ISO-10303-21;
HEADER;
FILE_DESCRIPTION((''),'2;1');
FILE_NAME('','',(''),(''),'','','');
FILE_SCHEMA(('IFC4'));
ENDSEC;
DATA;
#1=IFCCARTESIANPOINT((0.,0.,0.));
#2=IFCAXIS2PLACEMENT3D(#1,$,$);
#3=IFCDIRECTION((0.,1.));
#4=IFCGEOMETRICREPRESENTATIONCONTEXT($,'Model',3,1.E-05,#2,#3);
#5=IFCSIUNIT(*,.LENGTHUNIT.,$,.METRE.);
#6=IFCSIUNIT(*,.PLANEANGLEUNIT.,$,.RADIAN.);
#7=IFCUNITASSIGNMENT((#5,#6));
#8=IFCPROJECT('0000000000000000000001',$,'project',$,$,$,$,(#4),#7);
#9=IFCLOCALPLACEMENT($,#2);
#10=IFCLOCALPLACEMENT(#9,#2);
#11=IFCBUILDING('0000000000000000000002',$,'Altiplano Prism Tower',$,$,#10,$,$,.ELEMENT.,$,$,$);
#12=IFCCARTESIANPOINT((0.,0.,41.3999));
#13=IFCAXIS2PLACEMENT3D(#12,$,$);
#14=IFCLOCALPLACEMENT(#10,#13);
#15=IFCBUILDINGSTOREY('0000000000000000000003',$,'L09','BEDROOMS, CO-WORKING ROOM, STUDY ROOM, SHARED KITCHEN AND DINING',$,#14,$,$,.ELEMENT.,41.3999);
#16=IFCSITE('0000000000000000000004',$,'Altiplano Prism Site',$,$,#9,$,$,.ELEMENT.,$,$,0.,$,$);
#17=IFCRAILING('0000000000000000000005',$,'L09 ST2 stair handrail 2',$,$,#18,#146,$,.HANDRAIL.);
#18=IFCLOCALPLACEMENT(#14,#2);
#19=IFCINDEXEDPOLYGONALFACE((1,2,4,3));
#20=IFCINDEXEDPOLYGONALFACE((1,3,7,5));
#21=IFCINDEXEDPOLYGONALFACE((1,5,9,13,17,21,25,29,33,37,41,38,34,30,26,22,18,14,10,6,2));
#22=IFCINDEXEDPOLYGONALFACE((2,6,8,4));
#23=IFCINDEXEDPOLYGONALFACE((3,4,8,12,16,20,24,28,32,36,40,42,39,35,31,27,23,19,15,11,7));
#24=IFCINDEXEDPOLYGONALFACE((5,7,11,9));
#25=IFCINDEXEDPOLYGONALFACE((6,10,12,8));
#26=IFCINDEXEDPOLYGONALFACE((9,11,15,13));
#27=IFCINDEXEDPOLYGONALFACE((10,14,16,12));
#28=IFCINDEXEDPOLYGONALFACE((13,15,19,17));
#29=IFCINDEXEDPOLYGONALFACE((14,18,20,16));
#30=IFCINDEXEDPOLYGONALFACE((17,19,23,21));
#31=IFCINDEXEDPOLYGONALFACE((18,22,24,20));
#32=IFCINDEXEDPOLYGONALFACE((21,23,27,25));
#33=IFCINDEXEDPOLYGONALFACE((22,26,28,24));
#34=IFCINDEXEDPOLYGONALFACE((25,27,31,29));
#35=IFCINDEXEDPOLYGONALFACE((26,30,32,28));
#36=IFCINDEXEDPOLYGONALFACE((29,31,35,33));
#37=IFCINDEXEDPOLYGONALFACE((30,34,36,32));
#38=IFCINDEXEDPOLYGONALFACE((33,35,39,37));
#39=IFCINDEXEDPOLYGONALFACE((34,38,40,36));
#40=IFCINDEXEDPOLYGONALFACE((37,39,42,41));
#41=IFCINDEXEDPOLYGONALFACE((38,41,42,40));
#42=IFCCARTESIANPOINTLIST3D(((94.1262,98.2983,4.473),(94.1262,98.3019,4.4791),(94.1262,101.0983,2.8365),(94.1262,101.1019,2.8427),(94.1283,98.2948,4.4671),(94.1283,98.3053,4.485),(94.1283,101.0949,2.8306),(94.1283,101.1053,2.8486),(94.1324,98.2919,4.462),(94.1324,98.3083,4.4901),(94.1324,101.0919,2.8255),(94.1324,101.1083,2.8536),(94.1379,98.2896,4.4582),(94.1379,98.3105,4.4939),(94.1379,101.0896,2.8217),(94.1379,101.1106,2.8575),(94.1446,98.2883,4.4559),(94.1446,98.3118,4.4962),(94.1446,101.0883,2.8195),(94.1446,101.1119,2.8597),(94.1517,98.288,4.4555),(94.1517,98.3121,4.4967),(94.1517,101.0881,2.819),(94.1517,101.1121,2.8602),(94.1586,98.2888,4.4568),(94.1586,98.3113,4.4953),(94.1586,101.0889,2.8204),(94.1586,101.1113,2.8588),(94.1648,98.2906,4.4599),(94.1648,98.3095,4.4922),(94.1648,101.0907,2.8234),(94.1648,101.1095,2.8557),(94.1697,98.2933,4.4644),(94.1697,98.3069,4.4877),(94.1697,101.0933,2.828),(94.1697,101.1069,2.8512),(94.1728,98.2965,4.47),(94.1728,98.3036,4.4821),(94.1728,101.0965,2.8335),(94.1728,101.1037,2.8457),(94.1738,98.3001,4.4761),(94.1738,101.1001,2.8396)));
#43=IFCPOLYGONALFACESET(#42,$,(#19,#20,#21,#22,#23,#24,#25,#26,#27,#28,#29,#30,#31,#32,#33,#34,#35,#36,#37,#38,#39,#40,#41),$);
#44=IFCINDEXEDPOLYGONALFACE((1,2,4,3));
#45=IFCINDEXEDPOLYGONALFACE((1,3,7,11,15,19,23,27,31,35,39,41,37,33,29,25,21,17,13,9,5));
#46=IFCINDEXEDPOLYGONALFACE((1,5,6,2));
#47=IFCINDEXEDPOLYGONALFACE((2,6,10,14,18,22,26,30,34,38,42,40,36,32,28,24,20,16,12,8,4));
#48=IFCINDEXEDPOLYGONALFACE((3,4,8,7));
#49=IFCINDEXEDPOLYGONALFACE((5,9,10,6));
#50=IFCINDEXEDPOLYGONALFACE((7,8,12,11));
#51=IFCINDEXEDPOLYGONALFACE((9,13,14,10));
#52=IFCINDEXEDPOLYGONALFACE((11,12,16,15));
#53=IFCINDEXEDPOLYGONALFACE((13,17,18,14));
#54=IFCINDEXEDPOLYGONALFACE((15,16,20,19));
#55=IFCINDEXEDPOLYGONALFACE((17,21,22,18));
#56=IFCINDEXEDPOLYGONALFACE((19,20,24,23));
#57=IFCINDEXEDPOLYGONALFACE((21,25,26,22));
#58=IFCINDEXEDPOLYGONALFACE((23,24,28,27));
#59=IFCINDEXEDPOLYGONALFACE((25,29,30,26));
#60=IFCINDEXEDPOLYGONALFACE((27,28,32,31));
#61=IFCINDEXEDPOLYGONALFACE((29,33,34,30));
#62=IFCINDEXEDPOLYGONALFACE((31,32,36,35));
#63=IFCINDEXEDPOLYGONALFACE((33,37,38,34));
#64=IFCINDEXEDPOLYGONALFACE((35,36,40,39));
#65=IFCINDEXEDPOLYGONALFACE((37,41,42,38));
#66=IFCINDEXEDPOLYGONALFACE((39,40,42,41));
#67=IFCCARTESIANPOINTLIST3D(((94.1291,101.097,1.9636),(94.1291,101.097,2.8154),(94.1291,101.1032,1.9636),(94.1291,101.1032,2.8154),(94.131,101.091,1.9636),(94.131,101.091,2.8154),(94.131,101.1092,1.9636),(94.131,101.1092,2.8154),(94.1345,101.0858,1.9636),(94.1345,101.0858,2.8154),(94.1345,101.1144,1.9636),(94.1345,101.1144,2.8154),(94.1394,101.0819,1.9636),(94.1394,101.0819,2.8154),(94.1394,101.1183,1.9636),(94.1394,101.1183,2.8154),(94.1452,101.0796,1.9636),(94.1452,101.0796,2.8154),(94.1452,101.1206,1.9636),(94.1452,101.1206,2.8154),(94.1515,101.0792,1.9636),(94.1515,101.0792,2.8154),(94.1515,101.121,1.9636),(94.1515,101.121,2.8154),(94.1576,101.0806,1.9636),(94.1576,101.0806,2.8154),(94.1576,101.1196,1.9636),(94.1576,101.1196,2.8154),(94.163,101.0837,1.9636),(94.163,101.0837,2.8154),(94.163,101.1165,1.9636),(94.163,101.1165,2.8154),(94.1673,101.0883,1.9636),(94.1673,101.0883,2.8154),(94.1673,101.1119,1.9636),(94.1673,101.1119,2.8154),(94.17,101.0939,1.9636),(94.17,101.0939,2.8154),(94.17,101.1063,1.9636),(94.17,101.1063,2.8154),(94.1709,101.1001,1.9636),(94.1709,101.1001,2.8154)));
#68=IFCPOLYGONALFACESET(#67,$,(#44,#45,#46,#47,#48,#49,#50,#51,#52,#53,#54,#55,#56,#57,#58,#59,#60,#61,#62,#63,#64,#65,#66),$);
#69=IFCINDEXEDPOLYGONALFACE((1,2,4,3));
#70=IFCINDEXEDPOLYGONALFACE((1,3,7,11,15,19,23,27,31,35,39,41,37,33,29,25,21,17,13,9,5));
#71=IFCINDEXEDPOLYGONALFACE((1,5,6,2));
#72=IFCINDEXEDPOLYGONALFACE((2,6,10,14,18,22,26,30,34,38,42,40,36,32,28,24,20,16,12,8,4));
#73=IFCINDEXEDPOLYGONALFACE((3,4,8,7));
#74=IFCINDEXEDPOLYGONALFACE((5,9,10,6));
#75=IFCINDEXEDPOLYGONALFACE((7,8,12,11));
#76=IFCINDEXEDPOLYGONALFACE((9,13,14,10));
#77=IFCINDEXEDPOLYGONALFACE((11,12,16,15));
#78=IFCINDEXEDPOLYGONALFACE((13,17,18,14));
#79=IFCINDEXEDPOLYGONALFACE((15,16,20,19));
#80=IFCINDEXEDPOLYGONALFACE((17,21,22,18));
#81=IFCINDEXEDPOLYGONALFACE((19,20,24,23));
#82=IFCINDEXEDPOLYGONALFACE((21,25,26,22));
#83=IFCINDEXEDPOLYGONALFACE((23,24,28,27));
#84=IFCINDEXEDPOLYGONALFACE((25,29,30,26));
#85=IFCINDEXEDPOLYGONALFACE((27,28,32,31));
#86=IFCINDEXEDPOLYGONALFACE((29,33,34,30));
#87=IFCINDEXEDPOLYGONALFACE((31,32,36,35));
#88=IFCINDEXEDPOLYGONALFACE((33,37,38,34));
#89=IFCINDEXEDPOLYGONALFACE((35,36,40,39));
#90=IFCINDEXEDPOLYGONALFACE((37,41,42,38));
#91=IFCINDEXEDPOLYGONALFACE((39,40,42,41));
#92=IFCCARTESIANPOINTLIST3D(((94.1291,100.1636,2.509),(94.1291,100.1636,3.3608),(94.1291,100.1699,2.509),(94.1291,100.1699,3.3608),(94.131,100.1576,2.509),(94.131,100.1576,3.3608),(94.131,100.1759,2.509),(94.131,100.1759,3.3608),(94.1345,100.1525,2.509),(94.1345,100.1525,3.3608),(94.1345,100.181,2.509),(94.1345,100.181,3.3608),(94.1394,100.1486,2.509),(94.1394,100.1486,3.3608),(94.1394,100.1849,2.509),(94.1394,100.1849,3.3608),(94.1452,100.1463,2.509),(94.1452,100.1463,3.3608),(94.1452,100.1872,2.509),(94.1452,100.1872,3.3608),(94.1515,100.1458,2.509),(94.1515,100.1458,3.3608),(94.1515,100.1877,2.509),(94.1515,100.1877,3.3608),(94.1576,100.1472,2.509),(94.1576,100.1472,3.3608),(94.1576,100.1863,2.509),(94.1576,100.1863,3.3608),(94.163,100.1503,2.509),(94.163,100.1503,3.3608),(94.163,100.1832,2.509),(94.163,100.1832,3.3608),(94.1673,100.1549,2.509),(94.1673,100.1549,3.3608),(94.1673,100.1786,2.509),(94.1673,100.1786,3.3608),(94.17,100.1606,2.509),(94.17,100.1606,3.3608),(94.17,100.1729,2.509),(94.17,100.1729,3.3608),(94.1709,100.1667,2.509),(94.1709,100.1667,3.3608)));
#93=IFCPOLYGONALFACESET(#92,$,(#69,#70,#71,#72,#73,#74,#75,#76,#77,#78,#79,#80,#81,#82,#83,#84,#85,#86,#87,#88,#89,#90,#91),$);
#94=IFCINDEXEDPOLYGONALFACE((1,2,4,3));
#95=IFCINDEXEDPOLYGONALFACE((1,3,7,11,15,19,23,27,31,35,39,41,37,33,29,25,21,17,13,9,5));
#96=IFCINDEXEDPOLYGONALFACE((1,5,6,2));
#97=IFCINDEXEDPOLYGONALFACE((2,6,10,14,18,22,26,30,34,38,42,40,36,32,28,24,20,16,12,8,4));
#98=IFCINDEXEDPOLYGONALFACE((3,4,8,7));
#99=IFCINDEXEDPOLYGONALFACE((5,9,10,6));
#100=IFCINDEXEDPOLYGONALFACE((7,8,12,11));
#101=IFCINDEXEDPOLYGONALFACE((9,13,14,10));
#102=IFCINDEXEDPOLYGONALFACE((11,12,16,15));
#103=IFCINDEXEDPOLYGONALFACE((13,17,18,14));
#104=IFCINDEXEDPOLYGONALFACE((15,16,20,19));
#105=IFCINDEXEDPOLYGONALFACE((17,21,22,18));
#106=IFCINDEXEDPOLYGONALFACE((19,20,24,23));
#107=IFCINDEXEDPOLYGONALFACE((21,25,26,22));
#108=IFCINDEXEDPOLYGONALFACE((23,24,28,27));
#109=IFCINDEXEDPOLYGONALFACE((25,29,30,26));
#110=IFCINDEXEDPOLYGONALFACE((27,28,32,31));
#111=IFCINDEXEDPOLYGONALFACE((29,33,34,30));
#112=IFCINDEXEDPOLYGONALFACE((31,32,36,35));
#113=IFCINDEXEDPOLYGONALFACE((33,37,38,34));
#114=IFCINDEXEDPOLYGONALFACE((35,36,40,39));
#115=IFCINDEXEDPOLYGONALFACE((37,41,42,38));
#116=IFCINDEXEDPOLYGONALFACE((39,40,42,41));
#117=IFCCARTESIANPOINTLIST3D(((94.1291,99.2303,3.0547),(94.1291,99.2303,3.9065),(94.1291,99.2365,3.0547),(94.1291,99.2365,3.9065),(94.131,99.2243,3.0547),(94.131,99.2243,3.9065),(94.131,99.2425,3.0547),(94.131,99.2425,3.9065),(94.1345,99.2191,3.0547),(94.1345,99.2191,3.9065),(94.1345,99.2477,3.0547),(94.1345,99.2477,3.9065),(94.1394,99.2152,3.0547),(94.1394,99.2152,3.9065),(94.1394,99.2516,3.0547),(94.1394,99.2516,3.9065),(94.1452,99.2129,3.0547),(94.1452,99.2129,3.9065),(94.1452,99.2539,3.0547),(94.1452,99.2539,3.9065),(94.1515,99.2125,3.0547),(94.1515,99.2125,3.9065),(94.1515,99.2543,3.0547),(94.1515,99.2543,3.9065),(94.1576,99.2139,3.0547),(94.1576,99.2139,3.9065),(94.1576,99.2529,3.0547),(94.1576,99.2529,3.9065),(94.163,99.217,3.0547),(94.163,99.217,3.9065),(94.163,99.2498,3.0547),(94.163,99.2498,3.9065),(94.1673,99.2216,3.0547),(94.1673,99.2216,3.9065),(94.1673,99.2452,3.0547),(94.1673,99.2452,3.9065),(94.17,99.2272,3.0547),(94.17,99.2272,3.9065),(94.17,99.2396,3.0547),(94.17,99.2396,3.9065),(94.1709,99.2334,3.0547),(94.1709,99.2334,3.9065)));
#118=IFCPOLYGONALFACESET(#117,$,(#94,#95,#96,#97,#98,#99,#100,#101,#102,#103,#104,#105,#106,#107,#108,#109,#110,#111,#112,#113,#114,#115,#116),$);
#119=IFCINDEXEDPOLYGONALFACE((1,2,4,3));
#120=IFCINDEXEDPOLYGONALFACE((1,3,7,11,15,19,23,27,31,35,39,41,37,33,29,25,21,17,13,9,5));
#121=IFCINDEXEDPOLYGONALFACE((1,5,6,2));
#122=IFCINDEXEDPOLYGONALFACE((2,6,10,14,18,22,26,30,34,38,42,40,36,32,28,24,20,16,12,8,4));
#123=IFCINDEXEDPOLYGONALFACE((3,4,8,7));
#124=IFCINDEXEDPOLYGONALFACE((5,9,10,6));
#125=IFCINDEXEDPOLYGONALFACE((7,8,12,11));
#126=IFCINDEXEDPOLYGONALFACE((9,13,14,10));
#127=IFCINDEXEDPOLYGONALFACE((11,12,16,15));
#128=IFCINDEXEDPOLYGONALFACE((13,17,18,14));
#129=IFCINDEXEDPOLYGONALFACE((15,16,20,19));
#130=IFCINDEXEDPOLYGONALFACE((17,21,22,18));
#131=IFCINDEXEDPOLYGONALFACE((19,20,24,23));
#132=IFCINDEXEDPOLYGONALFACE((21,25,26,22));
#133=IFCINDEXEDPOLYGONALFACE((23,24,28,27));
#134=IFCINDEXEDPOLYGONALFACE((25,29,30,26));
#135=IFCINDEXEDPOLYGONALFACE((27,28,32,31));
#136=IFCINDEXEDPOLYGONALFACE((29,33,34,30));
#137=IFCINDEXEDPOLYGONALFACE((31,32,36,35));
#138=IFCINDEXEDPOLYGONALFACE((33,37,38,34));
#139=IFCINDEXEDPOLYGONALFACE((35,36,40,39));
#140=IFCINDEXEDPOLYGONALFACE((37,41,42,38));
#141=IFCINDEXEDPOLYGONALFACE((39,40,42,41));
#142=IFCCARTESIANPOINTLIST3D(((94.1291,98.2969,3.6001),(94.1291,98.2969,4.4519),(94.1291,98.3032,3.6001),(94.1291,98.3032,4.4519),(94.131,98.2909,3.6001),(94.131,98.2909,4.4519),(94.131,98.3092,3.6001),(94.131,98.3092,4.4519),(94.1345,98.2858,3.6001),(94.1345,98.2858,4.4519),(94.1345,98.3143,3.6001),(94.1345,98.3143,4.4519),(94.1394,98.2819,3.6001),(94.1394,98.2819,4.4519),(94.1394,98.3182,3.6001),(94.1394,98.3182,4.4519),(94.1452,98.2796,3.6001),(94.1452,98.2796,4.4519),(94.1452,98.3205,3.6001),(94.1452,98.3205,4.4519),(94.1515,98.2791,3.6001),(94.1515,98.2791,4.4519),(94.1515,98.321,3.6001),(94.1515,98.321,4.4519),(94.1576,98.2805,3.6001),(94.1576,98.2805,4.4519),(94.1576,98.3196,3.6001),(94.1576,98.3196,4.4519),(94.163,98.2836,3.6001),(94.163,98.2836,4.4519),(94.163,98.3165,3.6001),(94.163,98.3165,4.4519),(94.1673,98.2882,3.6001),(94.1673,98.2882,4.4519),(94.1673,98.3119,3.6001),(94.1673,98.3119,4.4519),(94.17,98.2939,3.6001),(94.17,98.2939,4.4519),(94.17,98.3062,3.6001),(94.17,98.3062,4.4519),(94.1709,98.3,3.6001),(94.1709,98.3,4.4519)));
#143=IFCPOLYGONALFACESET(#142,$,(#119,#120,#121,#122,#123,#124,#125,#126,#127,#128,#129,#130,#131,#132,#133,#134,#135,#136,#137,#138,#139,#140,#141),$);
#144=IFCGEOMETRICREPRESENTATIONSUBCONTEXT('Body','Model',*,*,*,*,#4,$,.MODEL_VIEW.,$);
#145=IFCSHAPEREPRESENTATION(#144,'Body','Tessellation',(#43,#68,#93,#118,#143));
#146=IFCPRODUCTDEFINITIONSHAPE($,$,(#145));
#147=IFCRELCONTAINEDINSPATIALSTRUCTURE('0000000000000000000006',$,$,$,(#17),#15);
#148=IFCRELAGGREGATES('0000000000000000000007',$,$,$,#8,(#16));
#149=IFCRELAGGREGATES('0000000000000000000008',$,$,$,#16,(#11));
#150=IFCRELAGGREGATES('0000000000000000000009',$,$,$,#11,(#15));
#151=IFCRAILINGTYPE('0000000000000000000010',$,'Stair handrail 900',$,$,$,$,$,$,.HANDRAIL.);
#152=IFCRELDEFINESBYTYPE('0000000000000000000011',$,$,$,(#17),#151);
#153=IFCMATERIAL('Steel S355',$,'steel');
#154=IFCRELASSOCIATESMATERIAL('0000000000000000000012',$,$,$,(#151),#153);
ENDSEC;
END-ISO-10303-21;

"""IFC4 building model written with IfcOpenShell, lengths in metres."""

from ifc_helpers import new_model, si_unit, direction, frame, origin, origin_2d, place, context, subcontext, project, spatial, circle, extrude, material, type_object, element, save


model = new_model("IFC4")

# Units and contexts
model_context = context("Model", 3, precision=1e-05, world=origin(), true_north=direction((0.0, 1.0)))
body_context = subcontext(model_context, "Body", "Model", "MODEL_VIEW")
ifc_project = project(units=[si_unit("LENGTHUNIT", "METRE"), si_unit("PLANEANGLEUNIT", "RADIAN")], contexts=[model_context])

# Site, building, storey
site_placement = place(None, origin())
site = spatial("IfcSite", under=ifc_project, at=site_placement, Name="Altiplano Prism Site", CompositionType="ELEMENT", RefElevation=0.0)
building_placement = place(site_placement, origin())
building = spatial("IfcBuilding", under=site, at=building_placement, Name="Altiplano Prism Tower", CompositionType="ELEMENT")
storey_placement = place(building_placement, frame((0.0, 0.0, 41.3999)))
storey = spatial("IfcBuildingStorey", under=building, at=storey_placement, Name="L09", Description="BEDROOMS, CO-WORKING ROOM, STUDY ROOM, SHARED KITCHEN AND DINING", CompositionType="ELEMENT", Elevation=41.3999)

# Railing
ifc_material_1 = material(Name="Steel S355", Category="steel")
railing_type_1 = type_object("IfcRailingType", Name="Stair handrail 900", PredefinedType="HANDRAIL", material=ifc_material_1)
railing_1_placement = place(storey_placement, frame((94.1499, 101.1001, 1.9636)))
element("IfcRailing", 1, at=railing_1_placement, inside=storey, type_object=railing_type_1, Name="L09 ST2 stair handrail 2", PredefinedType="HANDRAIL", context=body_context, shape_type="SweptSolid", body=[
    extrude(circle(Radius=0.0239, at=origin_2d()), frame((0.0, 0.0, 0.876), z_axis=(0.0, -0.863361, 0.504587), x_axis=(1.0, 0.0, 0.0)), (0.0, 0.0, 1.0), 3.2432),
    extrude(circle(Radius=0.021, at=origin_2d()), origin(), (0.0, 0.0, 1.0), 0.8518),
    extrude(circle(Radius=0.021, at=origin_2d()), frame((0.0, -0.9333, 0.5454)), (0.0, 0.0, 1.0), 0.8518),
    extrude(circle(Radius=0.021, at=origin_2d()), frame((0.0, -1.8667, 1.0911)), (0.0, 0.0, 1.0), 0.8518),
    extrude(circle(Radius=0.021, at=origin_2d()), frame((0.0, -2.8, 1.6365)), (0.0, 0.0, 1.0), 0.8518),
])

save(model, "model.ifc")
